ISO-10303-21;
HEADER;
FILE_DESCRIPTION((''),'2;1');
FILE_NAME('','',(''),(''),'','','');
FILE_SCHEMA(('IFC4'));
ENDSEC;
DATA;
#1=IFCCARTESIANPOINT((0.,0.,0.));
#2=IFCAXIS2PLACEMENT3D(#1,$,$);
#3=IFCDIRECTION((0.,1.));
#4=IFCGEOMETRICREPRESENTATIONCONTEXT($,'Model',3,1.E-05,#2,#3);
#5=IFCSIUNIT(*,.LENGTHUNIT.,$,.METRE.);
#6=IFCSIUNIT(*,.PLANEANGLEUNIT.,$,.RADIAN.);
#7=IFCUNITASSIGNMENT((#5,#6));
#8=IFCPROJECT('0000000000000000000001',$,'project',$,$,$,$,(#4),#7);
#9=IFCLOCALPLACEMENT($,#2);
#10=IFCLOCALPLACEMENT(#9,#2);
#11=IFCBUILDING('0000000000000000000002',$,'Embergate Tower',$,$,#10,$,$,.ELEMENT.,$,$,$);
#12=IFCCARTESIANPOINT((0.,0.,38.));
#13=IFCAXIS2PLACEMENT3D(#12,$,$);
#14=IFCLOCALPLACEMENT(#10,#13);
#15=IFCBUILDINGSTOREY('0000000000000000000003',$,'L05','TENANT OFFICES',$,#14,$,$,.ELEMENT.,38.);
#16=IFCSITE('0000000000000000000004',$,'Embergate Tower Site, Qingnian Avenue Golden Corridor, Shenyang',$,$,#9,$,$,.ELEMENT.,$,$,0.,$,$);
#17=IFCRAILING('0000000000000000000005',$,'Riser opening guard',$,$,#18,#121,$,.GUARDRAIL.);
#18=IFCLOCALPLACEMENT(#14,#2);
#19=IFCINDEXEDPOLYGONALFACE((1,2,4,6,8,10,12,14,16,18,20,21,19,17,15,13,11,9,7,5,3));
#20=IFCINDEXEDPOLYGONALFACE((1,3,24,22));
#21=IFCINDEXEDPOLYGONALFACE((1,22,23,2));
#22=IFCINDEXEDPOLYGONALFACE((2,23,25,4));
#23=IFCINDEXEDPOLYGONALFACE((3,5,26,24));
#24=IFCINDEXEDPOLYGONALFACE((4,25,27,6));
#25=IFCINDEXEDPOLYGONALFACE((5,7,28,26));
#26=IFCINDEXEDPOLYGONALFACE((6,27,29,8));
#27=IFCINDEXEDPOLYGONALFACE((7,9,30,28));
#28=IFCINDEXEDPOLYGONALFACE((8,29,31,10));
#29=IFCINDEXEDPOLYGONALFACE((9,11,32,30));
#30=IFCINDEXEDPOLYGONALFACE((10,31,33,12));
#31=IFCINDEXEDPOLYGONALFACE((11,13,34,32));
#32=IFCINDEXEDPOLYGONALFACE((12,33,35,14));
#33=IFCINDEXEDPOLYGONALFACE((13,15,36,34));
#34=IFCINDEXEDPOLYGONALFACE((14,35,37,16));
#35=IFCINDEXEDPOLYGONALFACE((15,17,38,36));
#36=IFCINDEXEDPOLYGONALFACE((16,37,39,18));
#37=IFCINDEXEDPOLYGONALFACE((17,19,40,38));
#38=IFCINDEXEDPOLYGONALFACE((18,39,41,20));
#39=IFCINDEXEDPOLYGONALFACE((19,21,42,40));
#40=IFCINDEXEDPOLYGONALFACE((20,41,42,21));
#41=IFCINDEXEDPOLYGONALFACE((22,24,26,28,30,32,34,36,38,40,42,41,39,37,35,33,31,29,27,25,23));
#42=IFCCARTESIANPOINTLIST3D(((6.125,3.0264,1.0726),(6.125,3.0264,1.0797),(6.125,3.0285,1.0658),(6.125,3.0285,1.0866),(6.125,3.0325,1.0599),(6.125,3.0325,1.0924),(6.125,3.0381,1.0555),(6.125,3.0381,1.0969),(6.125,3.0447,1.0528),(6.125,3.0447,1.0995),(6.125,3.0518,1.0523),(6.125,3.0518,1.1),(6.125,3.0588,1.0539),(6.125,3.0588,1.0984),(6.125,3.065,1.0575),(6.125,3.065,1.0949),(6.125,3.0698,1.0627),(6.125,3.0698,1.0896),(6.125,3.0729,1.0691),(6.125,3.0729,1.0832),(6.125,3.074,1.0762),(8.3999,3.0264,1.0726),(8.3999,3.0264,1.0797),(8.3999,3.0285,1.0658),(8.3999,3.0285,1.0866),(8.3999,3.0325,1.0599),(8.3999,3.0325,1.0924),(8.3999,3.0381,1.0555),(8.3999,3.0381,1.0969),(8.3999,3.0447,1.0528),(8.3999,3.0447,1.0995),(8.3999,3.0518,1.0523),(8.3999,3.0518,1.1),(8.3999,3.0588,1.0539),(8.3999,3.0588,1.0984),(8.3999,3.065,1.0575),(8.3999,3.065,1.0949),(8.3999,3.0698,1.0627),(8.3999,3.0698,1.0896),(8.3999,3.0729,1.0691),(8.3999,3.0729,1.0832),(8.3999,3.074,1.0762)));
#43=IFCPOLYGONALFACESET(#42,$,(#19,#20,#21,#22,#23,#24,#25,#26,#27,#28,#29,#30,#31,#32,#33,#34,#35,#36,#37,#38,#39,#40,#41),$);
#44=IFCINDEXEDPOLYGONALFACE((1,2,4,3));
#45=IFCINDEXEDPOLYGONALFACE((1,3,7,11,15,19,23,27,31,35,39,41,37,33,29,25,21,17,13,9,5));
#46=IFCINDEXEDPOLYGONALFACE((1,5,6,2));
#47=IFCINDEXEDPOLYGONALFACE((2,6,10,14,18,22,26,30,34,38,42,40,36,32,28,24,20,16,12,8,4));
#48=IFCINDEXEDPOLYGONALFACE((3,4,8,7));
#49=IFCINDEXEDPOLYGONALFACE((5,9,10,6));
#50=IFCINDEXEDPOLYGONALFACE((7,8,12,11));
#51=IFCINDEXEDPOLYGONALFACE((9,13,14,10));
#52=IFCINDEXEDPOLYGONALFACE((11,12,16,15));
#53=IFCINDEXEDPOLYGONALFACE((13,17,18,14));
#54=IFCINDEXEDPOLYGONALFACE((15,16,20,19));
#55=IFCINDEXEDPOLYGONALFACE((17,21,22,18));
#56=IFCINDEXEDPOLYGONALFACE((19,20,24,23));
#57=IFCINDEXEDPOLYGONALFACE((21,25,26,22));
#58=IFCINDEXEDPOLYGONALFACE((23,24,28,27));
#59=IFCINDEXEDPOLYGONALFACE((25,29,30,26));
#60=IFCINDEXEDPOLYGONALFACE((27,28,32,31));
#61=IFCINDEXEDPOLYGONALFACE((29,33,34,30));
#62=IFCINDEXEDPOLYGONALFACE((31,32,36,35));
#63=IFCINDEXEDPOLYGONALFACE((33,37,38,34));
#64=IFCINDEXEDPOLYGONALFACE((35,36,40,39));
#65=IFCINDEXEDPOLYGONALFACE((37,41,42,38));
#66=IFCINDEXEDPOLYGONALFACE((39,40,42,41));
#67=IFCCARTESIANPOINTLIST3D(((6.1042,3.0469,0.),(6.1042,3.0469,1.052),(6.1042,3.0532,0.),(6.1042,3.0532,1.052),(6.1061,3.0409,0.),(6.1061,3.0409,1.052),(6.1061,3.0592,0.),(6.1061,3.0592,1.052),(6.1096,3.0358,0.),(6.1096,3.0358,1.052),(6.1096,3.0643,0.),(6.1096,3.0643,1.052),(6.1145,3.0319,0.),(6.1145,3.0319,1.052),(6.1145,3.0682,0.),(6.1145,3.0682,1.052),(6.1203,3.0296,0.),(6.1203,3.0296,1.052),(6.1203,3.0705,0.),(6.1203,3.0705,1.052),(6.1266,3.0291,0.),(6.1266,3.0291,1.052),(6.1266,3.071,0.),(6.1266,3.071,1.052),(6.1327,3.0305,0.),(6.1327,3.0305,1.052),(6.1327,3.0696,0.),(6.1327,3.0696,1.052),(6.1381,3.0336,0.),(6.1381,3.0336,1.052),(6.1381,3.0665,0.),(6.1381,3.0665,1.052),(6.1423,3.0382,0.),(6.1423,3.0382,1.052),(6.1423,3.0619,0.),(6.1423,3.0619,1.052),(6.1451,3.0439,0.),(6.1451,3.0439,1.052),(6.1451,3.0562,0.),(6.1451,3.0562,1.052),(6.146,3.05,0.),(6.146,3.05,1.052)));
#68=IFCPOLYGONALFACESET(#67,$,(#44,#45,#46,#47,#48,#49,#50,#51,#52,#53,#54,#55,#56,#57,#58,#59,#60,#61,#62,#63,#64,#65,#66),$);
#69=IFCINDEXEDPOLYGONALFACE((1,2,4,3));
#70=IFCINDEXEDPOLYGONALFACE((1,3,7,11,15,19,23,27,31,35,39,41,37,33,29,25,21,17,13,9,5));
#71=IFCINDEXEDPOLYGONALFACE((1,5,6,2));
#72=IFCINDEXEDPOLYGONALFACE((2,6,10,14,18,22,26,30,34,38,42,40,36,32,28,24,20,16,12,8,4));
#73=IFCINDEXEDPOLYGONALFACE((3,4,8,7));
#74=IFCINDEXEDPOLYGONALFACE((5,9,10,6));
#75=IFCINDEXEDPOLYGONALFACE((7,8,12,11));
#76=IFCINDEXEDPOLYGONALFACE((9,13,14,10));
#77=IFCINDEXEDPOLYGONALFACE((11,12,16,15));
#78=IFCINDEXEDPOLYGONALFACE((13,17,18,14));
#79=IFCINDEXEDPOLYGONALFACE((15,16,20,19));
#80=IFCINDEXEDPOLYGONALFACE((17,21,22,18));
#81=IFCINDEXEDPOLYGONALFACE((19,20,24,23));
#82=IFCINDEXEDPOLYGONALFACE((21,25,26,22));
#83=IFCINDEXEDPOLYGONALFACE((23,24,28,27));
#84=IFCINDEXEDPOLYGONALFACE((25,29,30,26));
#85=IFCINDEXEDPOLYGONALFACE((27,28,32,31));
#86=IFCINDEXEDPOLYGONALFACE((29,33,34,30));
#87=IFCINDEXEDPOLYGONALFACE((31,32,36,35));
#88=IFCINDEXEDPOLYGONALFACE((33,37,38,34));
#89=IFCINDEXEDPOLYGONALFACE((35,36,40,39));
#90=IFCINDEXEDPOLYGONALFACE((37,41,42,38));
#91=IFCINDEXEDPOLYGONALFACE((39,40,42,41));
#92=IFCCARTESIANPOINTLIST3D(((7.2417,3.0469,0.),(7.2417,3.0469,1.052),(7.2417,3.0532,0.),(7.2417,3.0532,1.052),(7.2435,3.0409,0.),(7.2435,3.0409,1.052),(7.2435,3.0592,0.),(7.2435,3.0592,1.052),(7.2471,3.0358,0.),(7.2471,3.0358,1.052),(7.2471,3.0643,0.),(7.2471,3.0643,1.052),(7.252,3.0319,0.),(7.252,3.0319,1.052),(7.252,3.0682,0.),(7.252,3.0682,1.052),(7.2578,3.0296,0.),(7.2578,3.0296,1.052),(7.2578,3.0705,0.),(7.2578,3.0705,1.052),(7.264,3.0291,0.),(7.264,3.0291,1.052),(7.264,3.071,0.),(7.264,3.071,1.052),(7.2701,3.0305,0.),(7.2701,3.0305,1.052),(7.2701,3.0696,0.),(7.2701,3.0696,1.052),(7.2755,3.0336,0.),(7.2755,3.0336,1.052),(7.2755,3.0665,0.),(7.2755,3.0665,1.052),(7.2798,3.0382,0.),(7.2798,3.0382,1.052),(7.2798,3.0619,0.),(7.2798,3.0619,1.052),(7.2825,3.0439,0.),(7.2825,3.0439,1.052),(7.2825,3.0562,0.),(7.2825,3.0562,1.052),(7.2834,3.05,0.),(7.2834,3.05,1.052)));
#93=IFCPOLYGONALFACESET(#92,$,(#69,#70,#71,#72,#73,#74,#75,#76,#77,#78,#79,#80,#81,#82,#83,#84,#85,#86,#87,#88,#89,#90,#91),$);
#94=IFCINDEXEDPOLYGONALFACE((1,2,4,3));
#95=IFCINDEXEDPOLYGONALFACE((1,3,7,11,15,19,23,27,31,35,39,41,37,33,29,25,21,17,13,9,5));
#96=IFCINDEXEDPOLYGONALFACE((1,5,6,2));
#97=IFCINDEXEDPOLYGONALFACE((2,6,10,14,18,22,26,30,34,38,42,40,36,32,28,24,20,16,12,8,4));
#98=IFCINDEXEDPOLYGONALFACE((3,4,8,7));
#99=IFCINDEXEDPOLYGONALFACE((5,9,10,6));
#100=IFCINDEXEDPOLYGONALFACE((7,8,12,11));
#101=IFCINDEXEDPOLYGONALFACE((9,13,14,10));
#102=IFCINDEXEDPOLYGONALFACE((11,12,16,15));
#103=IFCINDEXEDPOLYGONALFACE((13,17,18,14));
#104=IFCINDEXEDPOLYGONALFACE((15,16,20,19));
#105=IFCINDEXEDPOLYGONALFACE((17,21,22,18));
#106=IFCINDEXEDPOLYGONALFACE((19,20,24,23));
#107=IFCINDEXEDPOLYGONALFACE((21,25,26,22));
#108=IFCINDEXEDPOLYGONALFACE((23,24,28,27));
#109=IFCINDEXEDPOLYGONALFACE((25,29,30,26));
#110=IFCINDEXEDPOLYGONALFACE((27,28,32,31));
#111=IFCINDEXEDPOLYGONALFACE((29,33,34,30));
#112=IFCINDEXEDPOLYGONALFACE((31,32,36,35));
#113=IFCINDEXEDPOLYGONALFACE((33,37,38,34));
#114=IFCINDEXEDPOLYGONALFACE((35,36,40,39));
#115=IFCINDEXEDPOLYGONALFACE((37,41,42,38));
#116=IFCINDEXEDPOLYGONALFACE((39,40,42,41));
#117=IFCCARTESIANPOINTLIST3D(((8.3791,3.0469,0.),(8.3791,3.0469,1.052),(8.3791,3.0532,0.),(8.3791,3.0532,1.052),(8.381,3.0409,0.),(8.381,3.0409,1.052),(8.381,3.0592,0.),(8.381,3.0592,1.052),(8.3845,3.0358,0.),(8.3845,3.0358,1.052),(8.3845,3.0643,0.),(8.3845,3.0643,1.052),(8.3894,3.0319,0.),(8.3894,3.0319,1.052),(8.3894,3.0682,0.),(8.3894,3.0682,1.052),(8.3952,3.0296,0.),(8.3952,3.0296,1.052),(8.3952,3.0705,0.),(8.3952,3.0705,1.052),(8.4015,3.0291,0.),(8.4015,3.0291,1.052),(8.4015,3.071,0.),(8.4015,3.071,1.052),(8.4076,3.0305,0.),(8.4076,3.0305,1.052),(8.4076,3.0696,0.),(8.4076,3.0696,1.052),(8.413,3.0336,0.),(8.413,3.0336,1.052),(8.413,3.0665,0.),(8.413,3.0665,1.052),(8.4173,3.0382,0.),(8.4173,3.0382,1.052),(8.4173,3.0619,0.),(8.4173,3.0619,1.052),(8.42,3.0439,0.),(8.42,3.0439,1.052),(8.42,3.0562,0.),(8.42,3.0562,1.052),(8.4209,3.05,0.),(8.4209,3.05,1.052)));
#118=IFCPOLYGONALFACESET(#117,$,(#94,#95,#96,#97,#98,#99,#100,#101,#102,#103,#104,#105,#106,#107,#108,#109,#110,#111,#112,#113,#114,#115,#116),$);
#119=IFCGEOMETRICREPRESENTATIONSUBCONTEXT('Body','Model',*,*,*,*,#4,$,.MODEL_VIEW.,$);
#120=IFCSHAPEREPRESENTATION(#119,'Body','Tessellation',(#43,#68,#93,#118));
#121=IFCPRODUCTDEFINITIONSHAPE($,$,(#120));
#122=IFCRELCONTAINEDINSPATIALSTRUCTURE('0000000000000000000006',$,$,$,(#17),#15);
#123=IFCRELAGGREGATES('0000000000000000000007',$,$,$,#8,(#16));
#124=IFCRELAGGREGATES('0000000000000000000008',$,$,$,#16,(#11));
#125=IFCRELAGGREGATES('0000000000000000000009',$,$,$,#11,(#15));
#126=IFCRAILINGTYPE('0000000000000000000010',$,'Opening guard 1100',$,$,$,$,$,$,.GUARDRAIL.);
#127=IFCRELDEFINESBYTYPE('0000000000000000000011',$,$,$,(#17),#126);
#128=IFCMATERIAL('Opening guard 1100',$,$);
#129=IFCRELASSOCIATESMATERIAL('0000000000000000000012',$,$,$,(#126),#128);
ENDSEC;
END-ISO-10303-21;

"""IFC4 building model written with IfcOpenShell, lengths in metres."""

from ifc_helpers import new_model, si_unit, direction, frame, origin, origin_2d, place, context, subcontext, project, spatial, circle, extrude, source, transform, mapped, material, type_object, element, save


model = new_model("IFC4")

# Units and contexts
model_context = context("Model", 3, precision=1e-05, world=origin(), true_north=direction((0.0, 1.0)))
body_context = subcontext(model_context, "Body", "Model", "MODEL_VIEW")
ifc_project = project(units=[si_unit("LENGTHUNIT", "METRE"), si_unit("PLANEANGLEUNIT", "RADIAN")], contexts=[model_context])

# Site, building, storey
site_placement = place(None, origin())
site = spatial("IfcSite", under=ifc_project, at=site_placement, Name="Embergate Tower Site, Qingnian Avenue Golden Corridor, Shenyang", CompositionType="ELEMENT", RefElevation=0.0)
building_placement = place(site_placement, origin())
building = spatial("IfcBuilding", under=site, at=building_placement, Name="Embergate Tower", CompositionType="ELEMENT")
storey_placement = place(building_placement, frame((0.0, 0.0, 38.0)))
storey = spatial("IfcBuildingStorey", under=building, at=storey_placement, Name="L05", Description="TENANT OFFICES", CompositionType="ELEMENT", Elevation=38.0)

# Railing
ifc_material_1 = material(Name="Opening guard 1100")
railing_type = type_object("IfcRailingType", Name="Opening guard 1100", PredefinedType="GUARDRAIL", material=ifc_material_1)
shared_shape_1 = source(origin(), body_context, "Body", "SweptSolid", [
    extrude(circle(Radius=0.0239, at=origin_2d()), frame((0.0, 0.0, 1.0762), z_axis=(1.0, 0.0, 0.0), x_axis=(0.0, 1.0, 0.0)), (0.0, 0.0, 1.0), 2.2749),
    extrude(circle(Radius=0.021, at=origin_2d()), origin(), (0.0, 0.0, 1.0), 1.052),
    extrude(circle(Radius=0.021, at=origin_2d()), frame((1.1375, 0.0, 0.0)), (0.0, 0.0, 1.0), 1.052),
    extrude(circle(Radius=0.021, at=origin_2d()), frame((2.2749, 0.0, 0.0)), (0.0, 0.0, 1.0), 1.052),
])
railing_placement = place(storey_placement, frame((6.125, 3.05, 0.0)))
element("IfcRailing", 1, at=railing_placement, inside=storey, type_object=railing_type, Name="Riser opening guard", PredefinedType="GUARDRAIL", context=body_context, shape_type="MappedRepresentation", body=[
    mapped(shared_shape_1, transform((0.0, 0.0, 0.0))),
])

save(model, "model.ifc")
